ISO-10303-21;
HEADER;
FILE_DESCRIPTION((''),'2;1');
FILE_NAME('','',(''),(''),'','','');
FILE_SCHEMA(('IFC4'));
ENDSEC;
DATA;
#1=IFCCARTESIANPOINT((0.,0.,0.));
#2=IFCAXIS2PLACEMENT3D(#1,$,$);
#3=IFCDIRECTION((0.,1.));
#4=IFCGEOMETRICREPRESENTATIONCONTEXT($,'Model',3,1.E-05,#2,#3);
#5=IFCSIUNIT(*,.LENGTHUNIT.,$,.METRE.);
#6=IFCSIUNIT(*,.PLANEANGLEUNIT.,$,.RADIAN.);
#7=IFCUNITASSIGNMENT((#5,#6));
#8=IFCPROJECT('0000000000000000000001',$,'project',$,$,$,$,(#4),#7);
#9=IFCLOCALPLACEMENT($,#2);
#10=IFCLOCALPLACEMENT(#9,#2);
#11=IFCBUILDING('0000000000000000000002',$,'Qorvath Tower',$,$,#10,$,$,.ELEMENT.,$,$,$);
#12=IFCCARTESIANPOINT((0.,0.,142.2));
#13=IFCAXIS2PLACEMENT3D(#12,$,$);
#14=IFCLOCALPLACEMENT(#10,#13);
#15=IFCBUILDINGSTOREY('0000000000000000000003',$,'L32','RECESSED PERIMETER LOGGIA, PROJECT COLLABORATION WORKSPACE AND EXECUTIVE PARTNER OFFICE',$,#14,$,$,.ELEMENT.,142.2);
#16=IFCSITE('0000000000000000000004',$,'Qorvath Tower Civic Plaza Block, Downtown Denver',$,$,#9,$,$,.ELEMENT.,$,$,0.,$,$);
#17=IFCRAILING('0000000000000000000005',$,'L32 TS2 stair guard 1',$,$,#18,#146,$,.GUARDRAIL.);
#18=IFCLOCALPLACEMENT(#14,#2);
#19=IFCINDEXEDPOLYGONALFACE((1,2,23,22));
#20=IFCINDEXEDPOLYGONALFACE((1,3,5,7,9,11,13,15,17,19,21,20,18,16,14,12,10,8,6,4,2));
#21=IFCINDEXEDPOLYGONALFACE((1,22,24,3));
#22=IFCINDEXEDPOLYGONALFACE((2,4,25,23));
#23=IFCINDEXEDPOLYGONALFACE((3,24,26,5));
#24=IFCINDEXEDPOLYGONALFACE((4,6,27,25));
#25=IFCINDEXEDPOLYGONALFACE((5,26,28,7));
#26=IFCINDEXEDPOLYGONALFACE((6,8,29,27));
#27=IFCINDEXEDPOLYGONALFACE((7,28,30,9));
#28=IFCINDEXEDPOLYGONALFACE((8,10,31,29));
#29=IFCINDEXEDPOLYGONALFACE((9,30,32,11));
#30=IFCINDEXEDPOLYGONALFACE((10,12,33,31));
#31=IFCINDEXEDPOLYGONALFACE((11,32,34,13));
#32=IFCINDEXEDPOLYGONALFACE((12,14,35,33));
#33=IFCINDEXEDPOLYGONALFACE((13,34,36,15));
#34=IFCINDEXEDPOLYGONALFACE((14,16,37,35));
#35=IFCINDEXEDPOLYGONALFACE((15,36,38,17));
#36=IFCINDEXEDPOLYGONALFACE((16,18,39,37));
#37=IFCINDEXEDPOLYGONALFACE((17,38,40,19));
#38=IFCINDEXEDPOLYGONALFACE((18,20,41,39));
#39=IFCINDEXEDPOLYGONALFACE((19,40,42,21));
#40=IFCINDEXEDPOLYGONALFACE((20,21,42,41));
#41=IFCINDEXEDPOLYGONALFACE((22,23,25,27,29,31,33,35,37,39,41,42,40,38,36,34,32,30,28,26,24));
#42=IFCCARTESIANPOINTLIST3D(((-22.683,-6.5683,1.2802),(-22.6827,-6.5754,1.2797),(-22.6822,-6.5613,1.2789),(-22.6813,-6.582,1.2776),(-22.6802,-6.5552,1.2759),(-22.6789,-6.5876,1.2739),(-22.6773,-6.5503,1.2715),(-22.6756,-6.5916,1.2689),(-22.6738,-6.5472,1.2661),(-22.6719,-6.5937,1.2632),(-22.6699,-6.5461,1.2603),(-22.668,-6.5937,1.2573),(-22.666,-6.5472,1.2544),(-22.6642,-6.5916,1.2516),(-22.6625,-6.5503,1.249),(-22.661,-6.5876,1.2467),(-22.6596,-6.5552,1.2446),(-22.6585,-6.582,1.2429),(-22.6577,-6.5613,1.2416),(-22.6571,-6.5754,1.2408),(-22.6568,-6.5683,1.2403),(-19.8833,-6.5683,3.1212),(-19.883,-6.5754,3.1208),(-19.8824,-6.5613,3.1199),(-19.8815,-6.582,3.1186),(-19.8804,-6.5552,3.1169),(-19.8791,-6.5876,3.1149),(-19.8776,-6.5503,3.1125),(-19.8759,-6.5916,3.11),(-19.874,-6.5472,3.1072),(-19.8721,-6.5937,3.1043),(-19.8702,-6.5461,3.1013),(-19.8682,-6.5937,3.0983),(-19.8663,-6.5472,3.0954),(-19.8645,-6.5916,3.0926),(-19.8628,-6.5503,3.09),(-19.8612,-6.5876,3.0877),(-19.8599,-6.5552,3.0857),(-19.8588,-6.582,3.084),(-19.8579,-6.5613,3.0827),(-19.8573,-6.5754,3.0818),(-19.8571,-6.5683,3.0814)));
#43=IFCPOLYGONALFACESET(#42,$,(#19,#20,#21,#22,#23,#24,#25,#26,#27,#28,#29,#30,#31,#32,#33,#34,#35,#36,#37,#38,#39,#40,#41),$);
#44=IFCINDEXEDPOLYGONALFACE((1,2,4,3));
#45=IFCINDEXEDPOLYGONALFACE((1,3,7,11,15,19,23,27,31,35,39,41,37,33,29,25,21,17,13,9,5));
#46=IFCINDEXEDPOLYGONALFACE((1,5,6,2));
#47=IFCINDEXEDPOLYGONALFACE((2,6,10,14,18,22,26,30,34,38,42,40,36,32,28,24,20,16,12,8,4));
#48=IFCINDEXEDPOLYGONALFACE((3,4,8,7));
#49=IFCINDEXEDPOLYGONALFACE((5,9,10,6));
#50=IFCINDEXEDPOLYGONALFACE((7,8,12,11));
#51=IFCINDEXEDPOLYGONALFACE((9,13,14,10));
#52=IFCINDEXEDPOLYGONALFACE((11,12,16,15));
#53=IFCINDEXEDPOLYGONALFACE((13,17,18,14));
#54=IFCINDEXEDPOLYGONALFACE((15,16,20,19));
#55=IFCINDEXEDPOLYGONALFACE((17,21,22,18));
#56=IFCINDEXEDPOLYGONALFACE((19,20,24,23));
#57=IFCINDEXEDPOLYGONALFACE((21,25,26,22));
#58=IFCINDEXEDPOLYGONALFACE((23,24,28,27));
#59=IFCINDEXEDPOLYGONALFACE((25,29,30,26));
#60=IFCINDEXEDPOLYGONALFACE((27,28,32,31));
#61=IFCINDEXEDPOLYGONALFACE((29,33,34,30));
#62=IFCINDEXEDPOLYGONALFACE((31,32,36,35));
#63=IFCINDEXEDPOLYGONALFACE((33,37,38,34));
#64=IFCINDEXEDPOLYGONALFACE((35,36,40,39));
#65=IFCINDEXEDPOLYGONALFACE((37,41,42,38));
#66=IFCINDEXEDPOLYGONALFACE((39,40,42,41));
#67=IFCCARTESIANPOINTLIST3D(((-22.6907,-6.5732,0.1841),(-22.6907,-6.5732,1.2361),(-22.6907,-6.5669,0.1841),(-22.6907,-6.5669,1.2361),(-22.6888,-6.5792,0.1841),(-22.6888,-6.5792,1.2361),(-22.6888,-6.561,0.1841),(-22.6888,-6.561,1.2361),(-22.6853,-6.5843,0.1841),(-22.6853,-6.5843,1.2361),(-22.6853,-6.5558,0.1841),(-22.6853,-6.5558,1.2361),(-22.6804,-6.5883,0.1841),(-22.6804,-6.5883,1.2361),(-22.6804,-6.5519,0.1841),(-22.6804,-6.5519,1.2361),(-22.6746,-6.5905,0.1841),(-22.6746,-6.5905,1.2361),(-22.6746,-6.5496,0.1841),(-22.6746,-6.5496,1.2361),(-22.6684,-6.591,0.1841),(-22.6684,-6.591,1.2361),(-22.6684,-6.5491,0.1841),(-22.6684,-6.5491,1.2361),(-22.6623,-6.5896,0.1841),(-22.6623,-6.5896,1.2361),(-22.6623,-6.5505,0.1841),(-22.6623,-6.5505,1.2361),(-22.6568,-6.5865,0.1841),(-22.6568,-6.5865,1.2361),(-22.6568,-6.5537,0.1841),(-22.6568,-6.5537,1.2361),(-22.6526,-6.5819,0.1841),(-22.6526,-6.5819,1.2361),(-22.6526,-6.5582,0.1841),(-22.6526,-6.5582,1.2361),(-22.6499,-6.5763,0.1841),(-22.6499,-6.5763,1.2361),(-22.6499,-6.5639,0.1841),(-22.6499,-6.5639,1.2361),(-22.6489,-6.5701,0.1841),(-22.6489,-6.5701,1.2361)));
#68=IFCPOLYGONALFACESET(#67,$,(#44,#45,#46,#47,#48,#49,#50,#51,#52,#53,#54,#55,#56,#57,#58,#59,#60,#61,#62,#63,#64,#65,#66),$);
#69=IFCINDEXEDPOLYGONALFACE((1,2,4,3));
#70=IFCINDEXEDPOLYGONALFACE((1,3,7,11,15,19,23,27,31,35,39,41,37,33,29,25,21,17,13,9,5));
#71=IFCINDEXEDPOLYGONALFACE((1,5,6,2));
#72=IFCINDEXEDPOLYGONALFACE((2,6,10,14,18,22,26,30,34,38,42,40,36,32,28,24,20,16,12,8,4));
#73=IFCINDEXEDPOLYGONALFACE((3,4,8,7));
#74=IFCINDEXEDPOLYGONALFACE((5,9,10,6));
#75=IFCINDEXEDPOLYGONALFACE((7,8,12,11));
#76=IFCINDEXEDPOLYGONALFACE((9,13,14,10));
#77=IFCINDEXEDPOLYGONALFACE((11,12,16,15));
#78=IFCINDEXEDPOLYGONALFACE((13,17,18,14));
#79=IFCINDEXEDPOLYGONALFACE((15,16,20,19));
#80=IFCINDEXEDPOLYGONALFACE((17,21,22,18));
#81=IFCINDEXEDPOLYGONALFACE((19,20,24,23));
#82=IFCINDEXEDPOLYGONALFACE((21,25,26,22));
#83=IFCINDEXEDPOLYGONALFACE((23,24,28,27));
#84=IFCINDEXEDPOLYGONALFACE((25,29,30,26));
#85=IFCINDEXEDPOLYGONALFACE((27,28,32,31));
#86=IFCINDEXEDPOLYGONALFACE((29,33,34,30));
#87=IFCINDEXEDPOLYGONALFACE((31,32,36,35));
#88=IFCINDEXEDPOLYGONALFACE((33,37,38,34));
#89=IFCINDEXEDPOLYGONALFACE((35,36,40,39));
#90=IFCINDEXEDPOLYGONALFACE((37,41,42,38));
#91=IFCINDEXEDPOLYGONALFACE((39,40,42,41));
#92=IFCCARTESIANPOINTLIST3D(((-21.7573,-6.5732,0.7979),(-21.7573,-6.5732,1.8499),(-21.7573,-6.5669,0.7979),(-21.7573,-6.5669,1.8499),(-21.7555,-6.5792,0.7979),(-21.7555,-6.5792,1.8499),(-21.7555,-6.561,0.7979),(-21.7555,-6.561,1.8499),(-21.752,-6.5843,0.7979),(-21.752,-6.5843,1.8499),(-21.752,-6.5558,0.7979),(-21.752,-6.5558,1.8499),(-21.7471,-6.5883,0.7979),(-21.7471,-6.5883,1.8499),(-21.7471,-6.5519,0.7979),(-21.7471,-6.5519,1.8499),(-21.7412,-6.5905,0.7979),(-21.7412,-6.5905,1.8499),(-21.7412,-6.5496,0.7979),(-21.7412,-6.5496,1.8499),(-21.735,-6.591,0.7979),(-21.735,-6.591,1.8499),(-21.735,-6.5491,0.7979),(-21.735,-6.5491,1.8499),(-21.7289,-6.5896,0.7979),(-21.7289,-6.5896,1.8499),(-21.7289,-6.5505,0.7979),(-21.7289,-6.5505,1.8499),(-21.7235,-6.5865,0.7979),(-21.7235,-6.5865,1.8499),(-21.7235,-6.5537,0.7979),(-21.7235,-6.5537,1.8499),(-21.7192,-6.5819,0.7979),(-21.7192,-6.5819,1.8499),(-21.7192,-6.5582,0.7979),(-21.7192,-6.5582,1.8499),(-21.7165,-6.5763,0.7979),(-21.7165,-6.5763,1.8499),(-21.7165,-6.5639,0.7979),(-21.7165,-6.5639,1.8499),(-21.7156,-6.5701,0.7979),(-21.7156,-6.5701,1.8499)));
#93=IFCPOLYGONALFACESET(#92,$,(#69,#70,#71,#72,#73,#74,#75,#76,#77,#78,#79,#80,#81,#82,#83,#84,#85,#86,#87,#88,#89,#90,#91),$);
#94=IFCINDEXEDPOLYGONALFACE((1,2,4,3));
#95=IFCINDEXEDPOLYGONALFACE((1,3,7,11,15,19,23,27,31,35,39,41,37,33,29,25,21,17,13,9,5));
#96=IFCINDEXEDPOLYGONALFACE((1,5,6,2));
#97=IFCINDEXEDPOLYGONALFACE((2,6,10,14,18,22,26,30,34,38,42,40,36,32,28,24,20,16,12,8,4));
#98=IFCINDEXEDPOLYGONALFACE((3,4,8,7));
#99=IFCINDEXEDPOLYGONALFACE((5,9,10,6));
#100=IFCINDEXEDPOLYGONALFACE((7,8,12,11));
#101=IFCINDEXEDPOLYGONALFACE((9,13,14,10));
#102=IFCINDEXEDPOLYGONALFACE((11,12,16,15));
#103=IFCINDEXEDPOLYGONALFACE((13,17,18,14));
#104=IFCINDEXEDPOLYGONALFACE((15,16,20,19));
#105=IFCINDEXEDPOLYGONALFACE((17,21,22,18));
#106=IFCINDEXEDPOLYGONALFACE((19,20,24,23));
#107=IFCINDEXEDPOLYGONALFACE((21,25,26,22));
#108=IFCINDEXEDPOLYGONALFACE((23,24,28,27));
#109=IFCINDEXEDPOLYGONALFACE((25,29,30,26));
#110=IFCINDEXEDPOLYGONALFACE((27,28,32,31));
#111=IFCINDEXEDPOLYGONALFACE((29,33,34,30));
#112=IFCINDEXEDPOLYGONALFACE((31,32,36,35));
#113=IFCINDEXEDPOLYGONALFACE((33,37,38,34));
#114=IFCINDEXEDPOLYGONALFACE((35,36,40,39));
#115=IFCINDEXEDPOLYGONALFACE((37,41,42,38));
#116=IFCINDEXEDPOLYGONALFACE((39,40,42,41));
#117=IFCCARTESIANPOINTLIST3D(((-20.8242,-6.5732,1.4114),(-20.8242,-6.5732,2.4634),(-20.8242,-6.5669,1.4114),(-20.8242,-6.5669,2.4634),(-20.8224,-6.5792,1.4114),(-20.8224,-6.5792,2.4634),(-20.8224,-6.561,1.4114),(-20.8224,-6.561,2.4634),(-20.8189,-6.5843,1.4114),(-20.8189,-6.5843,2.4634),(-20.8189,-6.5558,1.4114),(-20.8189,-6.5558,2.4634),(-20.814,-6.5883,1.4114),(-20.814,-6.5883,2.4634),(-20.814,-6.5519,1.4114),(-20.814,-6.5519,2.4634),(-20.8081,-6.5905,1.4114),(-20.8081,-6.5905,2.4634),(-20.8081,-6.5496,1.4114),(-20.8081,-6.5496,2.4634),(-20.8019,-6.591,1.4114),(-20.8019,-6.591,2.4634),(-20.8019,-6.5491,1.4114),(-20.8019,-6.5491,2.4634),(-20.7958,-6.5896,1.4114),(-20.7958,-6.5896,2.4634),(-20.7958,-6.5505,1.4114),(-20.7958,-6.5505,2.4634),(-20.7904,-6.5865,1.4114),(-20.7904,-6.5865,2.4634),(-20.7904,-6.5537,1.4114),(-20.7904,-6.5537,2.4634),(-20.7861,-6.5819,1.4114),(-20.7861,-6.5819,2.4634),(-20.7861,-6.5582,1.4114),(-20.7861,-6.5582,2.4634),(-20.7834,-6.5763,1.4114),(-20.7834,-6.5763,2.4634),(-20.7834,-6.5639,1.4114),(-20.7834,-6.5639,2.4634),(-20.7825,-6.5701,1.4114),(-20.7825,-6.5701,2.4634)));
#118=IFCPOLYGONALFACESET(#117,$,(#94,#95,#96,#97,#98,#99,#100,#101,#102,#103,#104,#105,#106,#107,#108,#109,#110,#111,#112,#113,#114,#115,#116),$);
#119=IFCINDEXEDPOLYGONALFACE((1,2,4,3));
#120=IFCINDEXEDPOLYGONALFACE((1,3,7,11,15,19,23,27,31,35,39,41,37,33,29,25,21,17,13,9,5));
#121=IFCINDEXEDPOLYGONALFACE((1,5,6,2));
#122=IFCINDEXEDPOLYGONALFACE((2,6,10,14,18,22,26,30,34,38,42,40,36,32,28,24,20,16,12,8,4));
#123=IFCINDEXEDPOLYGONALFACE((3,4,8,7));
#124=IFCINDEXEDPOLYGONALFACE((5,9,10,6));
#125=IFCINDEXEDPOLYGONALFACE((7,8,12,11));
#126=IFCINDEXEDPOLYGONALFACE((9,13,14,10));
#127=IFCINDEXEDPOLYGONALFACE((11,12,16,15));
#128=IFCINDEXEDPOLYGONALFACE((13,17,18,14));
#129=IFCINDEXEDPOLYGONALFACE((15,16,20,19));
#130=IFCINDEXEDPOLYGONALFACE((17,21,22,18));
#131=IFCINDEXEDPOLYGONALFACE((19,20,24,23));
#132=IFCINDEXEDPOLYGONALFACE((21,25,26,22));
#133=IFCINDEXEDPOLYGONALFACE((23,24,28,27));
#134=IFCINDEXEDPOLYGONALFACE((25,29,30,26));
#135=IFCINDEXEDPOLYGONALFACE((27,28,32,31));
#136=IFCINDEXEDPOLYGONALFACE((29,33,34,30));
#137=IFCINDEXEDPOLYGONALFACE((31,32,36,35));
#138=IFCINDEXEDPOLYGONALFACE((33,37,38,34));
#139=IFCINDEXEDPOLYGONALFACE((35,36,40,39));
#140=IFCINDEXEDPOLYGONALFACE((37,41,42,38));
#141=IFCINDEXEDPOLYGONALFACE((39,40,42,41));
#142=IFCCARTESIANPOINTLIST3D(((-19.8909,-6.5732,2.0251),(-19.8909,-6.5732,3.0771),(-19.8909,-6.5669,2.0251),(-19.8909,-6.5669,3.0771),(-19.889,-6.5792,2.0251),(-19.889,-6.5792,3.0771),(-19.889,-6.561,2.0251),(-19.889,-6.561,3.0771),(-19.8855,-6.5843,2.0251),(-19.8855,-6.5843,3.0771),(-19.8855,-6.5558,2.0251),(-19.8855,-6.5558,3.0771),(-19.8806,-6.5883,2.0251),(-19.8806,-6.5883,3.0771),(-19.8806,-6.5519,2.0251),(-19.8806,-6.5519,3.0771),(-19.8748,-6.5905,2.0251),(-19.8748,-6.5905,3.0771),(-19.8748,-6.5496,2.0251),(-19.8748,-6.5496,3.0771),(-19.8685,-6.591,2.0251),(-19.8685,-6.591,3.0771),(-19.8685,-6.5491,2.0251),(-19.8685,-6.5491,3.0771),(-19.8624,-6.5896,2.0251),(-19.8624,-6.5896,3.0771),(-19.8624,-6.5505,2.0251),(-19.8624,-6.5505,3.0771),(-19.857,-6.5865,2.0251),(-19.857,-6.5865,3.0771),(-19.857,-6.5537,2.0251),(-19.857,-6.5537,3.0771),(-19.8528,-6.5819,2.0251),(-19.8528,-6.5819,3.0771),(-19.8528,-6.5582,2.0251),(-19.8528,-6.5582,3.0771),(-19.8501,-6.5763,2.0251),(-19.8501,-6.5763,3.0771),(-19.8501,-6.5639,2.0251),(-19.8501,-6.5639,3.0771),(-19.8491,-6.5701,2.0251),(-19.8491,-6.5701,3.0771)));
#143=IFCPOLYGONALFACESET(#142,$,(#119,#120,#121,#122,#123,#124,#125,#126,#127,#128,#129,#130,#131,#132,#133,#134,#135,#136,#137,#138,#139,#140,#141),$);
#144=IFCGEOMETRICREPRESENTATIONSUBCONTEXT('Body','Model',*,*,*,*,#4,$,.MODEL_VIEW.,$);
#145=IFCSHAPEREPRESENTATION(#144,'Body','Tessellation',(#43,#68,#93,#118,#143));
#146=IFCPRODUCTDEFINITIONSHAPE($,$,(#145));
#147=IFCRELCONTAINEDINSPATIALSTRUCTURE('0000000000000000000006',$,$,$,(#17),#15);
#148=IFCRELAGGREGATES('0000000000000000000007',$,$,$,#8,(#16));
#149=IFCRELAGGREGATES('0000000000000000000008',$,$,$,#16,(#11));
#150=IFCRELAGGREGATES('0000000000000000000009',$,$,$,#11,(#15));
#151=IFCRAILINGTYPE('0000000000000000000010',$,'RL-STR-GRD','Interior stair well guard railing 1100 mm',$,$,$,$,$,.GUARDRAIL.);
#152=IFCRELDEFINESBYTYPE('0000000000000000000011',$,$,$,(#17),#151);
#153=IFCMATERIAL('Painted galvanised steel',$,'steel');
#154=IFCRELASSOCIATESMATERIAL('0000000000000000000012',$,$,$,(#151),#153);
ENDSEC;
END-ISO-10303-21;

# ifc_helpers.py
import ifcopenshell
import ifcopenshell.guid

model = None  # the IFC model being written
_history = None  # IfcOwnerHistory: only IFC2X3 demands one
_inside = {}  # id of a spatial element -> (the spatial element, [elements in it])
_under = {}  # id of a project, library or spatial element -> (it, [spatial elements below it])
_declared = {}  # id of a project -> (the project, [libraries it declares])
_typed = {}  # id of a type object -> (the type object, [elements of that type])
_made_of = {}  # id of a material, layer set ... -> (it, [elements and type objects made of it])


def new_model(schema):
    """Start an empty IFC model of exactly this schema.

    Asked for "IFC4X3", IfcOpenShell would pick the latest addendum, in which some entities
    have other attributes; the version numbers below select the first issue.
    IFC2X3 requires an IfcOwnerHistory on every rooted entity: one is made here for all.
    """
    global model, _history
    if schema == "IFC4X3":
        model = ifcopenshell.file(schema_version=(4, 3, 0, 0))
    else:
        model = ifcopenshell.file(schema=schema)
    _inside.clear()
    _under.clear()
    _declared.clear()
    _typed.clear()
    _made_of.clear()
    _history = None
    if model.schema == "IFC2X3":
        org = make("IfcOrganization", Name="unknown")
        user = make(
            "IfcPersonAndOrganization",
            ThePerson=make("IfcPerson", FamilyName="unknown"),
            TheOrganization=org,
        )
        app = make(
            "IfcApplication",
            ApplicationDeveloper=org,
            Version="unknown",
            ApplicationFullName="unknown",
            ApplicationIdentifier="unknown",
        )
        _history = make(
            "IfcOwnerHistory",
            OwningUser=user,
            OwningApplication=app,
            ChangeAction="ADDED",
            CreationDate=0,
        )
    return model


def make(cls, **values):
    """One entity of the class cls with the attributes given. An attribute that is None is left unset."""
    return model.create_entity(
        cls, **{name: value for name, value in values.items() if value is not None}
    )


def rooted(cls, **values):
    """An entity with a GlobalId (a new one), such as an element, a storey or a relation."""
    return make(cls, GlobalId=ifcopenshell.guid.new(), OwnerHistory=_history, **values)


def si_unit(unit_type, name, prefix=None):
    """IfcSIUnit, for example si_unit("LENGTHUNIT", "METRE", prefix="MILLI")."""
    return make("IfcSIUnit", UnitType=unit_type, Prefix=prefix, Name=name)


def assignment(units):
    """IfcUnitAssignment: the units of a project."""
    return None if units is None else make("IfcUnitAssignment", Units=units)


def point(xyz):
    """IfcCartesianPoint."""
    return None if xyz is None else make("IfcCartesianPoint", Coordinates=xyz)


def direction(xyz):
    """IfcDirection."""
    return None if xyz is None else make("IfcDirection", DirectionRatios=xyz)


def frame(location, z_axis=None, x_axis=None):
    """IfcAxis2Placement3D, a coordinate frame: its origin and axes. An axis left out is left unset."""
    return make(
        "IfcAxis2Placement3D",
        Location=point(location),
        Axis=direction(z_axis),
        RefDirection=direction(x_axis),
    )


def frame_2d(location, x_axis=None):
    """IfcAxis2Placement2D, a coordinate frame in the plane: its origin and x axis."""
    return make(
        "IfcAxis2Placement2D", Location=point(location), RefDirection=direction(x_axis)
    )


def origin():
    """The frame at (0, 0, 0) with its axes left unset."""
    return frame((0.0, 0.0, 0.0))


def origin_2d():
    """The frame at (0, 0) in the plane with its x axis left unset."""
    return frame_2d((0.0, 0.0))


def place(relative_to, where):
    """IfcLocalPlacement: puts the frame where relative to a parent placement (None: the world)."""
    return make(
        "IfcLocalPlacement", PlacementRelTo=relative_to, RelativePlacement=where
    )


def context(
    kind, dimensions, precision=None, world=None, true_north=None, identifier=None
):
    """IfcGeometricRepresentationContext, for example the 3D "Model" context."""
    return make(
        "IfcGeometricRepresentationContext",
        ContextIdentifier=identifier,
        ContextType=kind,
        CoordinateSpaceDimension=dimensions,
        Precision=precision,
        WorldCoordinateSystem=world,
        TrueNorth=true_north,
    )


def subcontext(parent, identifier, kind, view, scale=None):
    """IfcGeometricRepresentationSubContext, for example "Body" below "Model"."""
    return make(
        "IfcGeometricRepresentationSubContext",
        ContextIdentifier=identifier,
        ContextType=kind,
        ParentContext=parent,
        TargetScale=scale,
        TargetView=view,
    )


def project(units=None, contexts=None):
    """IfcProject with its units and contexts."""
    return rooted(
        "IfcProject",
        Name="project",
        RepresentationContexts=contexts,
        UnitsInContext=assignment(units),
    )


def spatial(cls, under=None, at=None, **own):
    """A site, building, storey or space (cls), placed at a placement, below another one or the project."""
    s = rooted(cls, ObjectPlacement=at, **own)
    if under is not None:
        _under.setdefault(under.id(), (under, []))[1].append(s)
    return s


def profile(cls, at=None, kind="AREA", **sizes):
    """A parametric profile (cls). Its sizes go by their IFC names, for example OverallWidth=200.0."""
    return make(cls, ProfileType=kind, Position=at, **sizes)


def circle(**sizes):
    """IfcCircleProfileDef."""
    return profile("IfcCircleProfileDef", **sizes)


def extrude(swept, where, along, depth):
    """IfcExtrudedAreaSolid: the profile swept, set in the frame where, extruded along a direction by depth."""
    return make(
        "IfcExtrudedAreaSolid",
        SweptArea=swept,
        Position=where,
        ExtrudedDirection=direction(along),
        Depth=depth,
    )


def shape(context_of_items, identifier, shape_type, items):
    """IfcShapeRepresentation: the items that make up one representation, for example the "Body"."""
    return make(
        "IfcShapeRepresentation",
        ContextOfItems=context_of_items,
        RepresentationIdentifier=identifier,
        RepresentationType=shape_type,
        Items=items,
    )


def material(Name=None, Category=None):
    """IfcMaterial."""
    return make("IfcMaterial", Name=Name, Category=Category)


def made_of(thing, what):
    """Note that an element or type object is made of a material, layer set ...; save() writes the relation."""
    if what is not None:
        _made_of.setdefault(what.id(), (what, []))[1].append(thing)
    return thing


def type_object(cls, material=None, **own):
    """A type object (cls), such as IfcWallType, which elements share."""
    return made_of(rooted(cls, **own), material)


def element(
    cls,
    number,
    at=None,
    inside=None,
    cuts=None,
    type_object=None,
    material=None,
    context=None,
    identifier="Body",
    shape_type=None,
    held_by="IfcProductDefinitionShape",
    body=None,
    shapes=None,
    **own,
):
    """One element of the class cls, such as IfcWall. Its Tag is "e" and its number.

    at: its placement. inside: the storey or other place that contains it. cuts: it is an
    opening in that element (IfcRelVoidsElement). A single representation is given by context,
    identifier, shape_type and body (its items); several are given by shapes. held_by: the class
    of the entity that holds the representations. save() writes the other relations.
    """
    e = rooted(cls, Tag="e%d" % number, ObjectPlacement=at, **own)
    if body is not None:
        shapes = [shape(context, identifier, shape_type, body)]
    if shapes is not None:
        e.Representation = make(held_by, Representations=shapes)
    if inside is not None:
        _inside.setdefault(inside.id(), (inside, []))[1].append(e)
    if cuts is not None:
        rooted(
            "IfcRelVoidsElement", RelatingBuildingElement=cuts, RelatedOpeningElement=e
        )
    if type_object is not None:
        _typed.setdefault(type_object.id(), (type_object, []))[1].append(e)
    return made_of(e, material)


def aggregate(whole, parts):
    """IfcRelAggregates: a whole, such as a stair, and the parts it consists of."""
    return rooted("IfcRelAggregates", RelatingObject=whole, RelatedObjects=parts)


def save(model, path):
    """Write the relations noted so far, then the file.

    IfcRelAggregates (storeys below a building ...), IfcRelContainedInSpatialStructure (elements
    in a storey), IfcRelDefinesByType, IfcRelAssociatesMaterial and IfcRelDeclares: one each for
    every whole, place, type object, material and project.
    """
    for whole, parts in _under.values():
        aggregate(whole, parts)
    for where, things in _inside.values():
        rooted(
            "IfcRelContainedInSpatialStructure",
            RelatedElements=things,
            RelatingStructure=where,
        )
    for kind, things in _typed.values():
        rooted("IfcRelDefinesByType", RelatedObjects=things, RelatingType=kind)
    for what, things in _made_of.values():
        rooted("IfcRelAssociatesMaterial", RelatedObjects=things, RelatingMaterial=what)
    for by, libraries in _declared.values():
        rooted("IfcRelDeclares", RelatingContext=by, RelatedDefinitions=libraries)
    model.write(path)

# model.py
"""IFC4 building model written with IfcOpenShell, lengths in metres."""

from ifc_helpers import new_model, si_unit, direction, frame, origin, origin_2d, place, context, subcontext, project, spatial, circle, extrude, material, type_object, element, save


model = new_model("IFC4")

# Units and contexts
model_context = context("Model", 3, precision=1e-05, world=origin(), true_north=direction((0.0, 1.0)))
body_context = subcontext(model_context, "Body", "Model", "MODEL_VIEW")
ifc_project = project(units=[si_unit("LENGTHUNIT", "METRE"), si_unit("PLANEANGLEUNIT", "RADIAN")], contexts=[model_context])

# Site, building, storey
site_placement = place(None, origin())
site = spatial("IfcSite", under=ifc_project, at=site_placement, Name="Qorvath Tower Civic Plaza Block, Downtown Denver", CompositionType="ELEMENT", RefElevation=0.0)
building_placement = place(site_placement, origin())
building = spatial("IfcBuilding", under=site, at=building_placement, Name="Qorvath Tower", CompositionType="ELEMENT")
storey_placement = place(building_placement, frame((0.0, 0.0, 142.2)))
storey = spatial("IfcBuildingStorey", under=building, at=storey_placement, Name="L32", Description="RECESSED PERIMETER LOGGIA, PROJECT COLLABORATION WORKSPACE AND EXECUTIVE PARTNER OFFICE", CompositionType="ELEMENT", Elevation=142.2)

# Railing
ifc_material_1 = material(Name="Painted galvanised steel", Category="steel")
railing_type_1 = type_object("IfcRailingType", Name="RL-STR-GRD", Description="Interior stair well guard railing 1100 mm", PredefinedType="GUARDRAIL", material=ifc_material_1)
railing_1_placement = place(storey_placement, frame((-22.6699, -6.5701, 0.1841)))
element("IfcRailing", 1, at=railing_1_placement, inside=storey, type_object=railing_type_1, Name="L32 TS2 stair guard 1", PredefinedType="GUARDRAIL", context=body_context, shape_type="SweptSolid", body=[
    extrude(circle(Radius=0.0239, at=origin_2d()), frame((0.0, 0.0, 1.0762), z_axis=(0.835542, 0.0, 0.549426), x_axis=(0.0, 1.0, 0.0)), (0.0, 0.0, 1.0), 3.3508),
    extrude(circle(Radius=0.021, at=origin_2d()), origin(), (0.0, 0.0, 1.0), 1.052),
    extrude(circle(Radius=0.021, at=origin_2d()), frame((0.9333, 0.0, 0.6138)), (0.0, 0.0, 1.0), 1.052),
    extrude(circle(Radius=0.021, at=origin_2d()), frame((1.8665, 0.0, 1.2273)), (0.0, 0.0, 1.0), 1.052),
    extrude(circle(Radius=0.021, at=origin_2d()), frame((2.7998, 0.0, 1.8411)), (0.0, 0.0, 1.0), 1.052),
])

save(model, "model.ifc")
